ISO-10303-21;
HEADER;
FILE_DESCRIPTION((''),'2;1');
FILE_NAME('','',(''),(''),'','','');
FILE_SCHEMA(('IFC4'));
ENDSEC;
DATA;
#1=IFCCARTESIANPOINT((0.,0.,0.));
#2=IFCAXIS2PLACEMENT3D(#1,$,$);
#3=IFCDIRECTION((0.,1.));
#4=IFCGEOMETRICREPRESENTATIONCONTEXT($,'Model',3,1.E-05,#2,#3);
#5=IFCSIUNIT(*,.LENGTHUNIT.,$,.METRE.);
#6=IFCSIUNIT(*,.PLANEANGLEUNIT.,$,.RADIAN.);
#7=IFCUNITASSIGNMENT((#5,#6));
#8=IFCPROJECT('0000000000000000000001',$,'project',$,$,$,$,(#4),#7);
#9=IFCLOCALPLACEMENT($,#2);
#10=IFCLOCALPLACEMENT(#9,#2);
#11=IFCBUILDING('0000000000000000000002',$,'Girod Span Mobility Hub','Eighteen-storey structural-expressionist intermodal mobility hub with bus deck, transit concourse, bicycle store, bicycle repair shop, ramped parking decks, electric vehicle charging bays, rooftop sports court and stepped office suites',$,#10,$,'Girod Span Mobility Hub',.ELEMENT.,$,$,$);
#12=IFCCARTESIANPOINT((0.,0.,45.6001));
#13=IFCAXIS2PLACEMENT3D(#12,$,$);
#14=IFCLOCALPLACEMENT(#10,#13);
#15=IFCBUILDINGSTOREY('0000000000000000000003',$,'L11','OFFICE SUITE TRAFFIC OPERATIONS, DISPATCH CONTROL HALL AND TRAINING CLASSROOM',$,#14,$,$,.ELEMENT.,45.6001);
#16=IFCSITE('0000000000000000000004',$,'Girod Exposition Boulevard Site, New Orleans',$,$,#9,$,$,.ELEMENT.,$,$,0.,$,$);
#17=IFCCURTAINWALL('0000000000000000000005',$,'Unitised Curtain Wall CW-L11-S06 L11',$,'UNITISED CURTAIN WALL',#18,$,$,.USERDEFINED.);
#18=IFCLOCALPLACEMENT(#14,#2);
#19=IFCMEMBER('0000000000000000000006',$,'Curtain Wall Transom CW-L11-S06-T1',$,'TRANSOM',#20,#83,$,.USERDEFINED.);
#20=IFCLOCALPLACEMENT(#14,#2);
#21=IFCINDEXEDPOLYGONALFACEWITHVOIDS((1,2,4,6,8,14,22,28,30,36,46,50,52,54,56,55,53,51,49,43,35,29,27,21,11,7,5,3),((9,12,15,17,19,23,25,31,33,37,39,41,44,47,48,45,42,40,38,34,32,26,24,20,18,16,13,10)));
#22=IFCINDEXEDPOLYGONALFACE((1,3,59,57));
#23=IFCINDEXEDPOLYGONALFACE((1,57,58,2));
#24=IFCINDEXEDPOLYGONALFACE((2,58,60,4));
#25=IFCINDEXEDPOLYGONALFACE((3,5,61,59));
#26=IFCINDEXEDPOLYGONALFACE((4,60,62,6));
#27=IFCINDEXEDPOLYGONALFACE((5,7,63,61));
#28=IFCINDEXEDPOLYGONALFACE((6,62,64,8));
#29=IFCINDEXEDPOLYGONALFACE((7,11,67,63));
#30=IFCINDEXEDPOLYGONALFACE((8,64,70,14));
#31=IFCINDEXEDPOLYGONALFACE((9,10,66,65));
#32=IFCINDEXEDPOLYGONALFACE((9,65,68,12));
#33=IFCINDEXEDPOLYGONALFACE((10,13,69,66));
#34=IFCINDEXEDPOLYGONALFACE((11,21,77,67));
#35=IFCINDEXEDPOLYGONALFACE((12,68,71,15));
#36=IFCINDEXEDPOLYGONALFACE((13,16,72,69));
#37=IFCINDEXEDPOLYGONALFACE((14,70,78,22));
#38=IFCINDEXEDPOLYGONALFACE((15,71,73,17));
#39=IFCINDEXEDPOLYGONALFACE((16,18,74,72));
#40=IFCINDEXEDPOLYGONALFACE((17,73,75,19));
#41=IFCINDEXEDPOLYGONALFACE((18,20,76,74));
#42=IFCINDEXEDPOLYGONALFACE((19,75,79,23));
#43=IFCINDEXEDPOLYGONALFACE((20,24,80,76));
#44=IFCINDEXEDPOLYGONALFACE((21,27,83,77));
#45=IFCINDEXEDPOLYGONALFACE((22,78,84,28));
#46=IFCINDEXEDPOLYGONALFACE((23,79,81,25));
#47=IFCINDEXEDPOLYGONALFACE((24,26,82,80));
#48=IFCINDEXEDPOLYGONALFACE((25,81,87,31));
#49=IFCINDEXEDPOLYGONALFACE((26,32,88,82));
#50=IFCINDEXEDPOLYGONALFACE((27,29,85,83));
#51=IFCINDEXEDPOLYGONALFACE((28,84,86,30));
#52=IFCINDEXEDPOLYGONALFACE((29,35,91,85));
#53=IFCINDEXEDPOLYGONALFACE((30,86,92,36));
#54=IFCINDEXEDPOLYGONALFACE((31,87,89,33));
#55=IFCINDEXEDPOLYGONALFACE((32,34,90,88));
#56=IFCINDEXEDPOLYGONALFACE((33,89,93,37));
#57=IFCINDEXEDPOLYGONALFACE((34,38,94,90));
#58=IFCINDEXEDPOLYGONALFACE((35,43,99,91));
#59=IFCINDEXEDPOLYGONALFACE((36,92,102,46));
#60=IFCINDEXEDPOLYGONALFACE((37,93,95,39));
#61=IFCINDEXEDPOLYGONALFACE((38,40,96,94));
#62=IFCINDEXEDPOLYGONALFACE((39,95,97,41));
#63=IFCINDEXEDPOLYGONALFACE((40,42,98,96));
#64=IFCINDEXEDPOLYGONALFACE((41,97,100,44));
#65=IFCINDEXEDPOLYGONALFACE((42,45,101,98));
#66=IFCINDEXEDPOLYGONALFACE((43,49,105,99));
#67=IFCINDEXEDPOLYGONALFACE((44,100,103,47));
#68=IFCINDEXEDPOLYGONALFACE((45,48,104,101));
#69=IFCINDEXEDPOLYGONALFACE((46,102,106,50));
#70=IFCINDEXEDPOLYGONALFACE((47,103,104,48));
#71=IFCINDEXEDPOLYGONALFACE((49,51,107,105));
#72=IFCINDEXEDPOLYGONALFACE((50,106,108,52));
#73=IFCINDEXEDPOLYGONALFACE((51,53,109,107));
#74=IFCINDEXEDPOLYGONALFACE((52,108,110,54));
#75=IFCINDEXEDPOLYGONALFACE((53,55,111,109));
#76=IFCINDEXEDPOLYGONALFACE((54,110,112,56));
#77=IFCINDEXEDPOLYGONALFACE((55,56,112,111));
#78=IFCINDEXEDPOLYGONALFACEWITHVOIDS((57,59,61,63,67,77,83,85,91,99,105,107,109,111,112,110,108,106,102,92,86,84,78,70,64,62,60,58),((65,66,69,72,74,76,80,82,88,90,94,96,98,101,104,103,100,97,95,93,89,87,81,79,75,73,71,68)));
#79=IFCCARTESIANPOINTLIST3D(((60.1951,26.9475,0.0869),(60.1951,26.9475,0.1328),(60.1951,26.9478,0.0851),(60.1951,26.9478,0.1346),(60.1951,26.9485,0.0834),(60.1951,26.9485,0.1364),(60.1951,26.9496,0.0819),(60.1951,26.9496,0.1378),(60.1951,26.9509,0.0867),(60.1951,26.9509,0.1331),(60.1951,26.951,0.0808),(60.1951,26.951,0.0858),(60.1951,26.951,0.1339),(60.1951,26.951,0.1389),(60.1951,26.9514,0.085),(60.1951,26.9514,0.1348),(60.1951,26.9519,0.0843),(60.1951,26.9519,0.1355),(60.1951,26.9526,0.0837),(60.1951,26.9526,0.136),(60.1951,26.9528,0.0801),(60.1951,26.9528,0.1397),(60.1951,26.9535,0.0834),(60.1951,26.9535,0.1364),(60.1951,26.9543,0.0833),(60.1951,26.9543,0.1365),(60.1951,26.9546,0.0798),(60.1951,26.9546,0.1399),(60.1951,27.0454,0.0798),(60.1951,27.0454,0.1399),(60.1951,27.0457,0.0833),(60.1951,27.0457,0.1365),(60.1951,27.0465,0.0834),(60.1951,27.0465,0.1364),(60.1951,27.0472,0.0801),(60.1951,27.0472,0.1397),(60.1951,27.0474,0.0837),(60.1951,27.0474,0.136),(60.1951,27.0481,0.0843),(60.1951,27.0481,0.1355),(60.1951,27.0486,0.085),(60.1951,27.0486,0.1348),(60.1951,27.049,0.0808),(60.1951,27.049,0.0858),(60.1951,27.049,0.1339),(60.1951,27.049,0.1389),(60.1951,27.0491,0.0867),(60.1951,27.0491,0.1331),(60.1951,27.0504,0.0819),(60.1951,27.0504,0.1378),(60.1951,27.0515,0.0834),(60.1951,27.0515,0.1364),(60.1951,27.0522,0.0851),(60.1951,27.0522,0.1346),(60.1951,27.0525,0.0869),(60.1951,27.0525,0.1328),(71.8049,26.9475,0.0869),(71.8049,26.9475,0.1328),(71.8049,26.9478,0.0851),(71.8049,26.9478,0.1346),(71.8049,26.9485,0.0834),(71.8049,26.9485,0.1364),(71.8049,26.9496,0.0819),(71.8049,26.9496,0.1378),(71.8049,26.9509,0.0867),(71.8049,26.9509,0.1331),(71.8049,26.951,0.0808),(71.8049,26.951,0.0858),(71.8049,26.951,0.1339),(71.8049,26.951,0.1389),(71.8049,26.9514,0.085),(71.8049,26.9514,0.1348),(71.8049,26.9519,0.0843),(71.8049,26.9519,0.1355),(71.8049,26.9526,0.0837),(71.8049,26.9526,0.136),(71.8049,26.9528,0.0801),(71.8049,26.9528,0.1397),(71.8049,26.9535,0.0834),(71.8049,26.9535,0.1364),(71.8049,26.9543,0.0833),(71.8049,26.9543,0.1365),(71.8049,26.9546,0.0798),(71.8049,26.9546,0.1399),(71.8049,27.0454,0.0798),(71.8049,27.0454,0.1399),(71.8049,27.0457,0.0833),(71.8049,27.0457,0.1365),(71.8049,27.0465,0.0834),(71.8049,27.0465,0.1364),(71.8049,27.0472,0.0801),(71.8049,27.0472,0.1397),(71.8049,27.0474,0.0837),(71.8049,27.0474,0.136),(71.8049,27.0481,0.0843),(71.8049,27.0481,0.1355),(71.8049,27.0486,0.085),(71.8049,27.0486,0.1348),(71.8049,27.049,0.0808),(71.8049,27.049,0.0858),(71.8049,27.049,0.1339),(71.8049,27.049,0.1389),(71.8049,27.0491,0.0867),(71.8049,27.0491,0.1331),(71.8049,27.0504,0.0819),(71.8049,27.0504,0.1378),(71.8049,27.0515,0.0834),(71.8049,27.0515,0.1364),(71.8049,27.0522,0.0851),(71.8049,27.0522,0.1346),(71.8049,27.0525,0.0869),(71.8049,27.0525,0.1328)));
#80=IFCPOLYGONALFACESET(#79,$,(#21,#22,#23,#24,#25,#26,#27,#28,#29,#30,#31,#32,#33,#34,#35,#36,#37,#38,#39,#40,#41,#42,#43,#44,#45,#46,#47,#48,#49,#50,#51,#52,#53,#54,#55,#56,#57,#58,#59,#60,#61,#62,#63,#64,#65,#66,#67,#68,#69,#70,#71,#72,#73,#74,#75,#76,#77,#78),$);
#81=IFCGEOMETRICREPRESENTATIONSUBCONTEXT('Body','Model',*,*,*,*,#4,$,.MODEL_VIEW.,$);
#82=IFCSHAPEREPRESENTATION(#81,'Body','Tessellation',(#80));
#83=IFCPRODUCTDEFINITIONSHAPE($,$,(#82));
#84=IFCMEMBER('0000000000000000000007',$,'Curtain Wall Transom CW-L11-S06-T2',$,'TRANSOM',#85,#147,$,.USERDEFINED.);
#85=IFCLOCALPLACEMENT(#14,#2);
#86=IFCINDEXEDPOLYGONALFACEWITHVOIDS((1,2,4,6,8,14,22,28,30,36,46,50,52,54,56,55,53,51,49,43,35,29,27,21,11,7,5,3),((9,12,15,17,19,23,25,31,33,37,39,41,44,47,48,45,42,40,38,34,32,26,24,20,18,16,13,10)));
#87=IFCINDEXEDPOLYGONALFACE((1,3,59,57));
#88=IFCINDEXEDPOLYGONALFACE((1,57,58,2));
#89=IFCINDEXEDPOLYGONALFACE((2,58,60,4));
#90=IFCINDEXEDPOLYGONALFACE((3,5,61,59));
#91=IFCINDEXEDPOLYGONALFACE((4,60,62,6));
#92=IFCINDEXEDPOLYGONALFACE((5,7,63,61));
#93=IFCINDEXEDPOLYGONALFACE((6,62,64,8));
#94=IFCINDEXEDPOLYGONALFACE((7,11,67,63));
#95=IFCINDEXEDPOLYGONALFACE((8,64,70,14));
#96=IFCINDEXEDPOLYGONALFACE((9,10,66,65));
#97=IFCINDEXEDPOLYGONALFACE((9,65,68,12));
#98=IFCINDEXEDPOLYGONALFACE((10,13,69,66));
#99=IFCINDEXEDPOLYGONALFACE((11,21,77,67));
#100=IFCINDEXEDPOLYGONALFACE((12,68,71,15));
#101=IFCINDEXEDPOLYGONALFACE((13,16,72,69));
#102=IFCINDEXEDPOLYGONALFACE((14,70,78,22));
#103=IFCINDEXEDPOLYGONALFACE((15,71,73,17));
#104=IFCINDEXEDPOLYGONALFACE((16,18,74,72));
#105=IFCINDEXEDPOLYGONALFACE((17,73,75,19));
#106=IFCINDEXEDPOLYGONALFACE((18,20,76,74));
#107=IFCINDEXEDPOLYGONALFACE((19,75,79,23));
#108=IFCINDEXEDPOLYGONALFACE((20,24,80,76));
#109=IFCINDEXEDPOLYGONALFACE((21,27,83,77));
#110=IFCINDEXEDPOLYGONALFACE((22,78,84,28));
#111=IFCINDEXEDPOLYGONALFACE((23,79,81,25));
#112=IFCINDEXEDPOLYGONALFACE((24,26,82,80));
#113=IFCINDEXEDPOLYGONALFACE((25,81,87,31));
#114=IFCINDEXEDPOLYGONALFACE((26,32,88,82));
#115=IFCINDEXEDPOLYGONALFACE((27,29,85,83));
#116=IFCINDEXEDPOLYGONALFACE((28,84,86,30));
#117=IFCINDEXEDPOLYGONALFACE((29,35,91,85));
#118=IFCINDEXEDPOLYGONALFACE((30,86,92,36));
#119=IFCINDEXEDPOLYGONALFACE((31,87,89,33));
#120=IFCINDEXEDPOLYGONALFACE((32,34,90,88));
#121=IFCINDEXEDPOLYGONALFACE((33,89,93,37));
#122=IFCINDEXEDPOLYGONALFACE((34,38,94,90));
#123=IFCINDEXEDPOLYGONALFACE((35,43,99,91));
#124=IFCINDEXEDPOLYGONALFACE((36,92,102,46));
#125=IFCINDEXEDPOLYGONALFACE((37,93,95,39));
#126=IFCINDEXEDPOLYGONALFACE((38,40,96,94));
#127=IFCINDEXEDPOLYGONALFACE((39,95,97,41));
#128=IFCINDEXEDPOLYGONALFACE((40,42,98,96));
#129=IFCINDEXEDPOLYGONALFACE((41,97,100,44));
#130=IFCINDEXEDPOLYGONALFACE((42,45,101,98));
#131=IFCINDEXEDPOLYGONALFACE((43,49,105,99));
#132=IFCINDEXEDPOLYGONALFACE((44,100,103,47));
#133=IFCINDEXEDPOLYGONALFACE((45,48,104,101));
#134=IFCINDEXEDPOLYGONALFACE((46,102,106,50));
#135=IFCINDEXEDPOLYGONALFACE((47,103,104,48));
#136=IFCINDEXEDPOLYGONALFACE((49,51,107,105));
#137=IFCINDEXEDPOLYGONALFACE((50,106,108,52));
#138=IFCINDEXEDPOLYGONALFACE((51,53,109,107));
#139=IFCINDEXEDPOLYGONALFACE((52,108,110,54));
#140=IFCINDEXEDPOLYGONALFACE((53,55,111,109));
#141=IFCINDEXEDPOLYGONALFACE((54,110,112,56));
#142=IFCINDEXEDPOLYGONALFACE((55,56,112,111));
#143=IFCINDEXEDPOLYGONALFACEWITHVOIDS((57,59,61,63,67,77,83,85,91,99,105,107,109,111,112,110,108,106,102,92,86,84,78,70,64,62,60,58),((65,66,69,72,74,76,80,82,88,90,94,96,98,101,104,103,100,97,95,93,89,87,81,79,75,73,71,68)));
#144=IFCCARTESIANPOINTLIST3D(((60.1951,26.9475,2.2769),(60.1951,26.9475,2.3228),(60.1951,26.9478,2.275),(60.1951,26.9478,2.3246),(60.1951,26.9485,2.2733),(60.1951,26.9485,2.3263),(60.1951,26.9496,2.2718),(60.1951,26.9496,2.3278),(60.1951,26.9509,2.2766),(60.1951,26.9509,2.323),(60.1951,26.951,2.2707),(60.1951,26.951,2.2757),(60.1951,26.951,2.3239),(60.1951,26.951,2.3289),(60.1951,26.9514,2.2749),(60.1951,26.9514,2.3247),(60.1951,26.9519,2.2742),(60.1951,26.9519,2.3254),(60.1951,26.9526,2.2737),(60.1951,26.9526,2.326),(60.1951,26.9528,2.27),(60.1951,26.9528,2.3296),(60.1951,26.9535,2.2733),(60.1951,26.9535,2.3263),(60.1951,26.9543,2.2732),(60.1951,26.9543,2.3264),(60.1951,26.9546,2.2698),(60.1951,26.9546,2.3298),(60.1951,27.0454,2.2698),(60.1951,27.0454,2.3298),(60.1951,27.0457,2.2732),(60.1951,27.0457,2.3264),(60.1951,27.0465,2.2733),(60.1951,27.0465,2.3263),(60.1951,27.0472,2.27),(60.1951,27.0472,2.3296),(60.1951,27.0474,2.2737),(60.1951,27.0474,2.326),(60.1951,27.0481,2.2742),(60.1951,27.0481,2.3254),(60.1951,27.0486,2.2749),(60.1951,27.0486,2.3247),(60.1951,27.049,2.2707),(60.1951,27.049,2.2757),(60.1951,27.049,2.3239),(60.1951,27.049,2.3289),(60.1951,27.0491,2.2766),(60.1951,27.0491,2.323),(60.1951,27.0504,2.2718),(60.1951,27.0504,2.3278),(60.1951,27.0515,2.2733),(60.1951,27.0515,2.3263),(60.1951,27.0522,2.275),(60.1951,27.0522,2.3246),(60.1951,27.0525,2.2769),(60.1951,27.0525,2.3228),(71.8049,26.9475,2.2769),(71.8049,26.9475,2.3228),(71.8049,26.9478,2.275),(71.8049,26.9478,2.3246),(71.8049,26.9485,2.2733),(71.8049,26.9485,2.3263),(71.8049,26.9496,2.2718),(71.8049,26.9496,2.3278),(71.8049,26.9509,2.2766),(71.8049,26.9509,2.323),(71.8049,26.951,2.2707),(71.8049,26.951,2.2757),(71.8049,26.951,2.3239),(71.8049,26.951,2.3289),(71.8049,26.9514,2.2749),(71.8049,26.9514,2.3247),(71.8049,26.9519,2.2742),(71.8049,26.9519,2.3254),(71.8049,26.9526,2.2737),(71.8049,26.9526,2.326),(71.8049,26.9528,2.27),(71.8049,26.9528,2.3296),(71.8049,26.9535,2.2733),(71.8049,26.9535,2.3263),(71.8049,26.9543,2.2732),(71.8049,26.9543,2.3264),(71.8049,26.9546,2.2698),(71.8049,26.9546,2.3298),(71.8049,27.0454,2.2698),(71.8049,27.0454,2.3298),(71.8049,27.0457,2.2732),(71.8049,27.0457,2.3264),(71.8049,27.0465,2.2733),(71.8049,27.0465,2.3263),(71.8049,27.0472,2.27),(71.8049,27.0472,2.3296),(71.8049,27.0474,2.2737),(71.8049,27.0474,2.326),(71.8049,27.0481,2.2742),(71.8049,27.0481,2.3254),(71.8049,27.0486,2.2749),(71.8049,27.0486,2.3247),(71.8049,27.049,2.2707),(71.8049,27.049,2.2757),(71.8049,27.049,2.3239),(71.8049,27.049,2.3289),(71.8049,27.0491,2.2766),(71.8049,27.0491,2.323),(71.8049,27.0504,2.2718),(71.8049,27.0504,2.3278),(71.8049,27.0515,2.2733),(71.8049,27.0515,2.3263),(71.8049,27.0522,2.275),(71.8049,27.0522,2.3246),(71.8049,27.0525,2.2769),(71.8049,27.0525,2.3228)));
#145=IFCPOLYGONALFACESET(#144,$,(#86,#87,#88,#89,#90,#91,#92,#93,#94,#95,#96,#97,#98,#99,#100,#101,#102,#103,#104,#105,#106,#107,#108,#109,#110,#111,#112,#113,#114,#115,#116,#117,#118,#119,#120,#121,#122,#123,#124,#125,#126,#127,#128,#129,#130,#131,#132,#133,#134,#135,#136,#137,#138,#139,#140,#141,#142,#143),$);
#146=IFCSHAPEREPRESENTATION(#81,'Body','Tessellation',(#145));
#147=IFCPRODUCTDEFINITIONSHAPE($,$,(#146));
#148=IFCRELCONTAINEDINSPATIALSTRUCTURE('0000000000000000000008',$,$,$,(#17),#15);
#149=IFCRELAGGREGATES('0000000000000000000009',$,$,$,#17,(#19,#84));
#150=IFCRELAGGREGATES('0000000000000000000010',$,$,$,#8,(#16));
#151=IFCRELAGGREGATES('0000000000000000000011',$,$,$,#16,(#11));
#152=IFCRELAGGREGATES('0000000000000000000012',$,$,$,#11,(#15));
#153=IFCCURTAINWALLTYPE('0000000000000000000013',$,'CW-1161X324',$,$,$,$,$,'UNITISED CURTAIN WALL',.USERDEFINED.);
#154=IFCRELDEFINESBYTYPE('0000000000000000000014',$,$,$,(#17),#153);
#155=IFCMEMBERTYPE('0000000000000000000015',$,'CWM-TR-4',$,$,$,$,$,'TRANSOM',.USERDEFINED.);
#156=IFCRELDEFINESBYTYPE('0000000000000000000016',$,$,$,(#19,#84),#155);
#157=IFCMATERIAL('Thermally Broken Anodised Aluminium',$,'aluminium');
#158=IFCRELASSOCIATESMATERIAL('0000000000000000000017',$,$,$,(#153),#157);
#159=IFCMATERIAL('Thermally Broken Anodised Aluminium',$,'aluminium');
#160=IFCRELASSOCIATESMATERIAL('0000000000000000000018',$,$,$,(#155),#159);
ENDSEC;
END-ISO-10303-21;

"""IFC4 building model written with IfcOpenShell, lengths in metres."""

from ifc_helpers import new_model, si_unit, direction, frame, origin, origin_2d, place, context, subcontext, project, spatial, hollow_rectangle, extrude, material, material_profile, profile_set, type_object, element, aggregate, save


model = new_model("IFC4")

# Units and contexts
model_context = context("Model", 3, precision=1e-05, world=origin(), true_north=direction((0.0, 1.0)))
body_context = subcontext(model_context, "Body", "Model", "MODEL_VIEW")
ifc_project = project(units=[si_unit("LENGTHUNIT", "METRE"), si_unit("PLANEANGLEUNIT", "RADIAN")], contexts=[model_context])

# Site, building, storey
site_placement = place(None, origin())
site = spatial("IfcSite", under=ifc_project, at=site_placement, Name="Girod Exposition Boulevard Site, New Orleans", CompositionType="ELEMENT", RefElevation=0.0)
building_placement = place(site_placement, origin())
building = spatial("IfcBuilding", under=site, at=building_placement, Name="Girod Span Mobility Hub", Description="Eighteen-storey structural-expressionist intermodal mobility hub with bus deck, transit concourse, bicycle store, bicycle repair shop, ramped parking decks, electric vehicle charging bays, rooftop sports court and stepped office suites", LongName="Girod Span Mobility Hub", CompositionType="ELEMENT")
storey_placement = place(building_placement, frame((0.0, 0.0, 45.6001)))
storey = spatial("IfcBuildingStorey", under=building, at=storey_placement, Name="L11", Description="OFFICE SUITE TRAFFIC OPERATIONS, DISPATCH CONTROL HALL AND TRAINING CLASSROOM", CompositionType="ELEMENT", Elevation=45.6001)

# Curtain wall, members
ifc_material_1 = material(Name="Thermally Broken Anodised Aluminium", Category="aluminium")
curtain_wall_type = type_object("IfcCurtainWallType", Name="CW-1161X324", ElementType="UNITISED CURTAIN WALL", PredefinedType="USERDEFINED", material=ifc_material_1)
curtain_wall_1_placement = place(storey_placement, origin())
curtain_wall_1 = element("IfcCurtainWall", 1, at=curtain_wall_1_placement, inside=storey, type_object=curtain_wall_type, Name="Unitised Curtain Wall CW-L11-S06 L11", ObjectType="UNITISED CURTAIN WALL", PredefinedType="USERDEFINED")
ifc_material_2 = material(Name="Thermally Broken Anodised Aluminium", Category="aluminium")
ifc_material_profile_1 = material_profile(ifc_material_2, hollow_rectangle(XDim=0.105, YDim=0.0601, WallThickness=0.0034, InnerFilletRadius=0.0034, OuterFilletRadius=0.0071, at=origin_2d()), Name="CW-TR-60X105")
ifc_profile_set_1 = profile_set([ifc_material_profile_1], Name="Thermally Broken Anodised Aluminium")
member_type_1 = type_object("IfcMemberType", Name="CWM-TR-4", ElementType="TRANSOM", PredefinedType="USERDEFINED", material=ifc_profile_set_1)
member_1_placement = place(storey_placement, frame((60.1951, 27.0, 0.1099), z_axis=(1.0, 0.0, 0.0), x_axis=(0.0, 1.0, 0.0)))
member_1 = element("IfcMember", 2, at=member_1_placement, type_object=member_type_1, Name="Curtain Wall Transom CW-L11-S06-T1", ObjectType="TRANSOM", PredefinedType="USERDEFINED", context=body_context, shape_type="SweptSolid", body=[
    extrude(hollow_rectangle(XDim=0.105, YDim=0.0601, WallThickness=0.0034, InnerFilletRadius=0.0034, OuterFilletRadius=0.0071, at=origin_2d()), origin(), (0.0, 0.0, 1.0), 11.6099),
])
member_2_placement = place(storey_placement, frame((60.1951, 27.0, 2.2998), z_axis=(1.0, 0.0, 0.0), x_axis=(0.0, 1.0, 0.0)))
member_2 = element("IfcMember", 3, at=member_2_placement, type_object=member_type_1, Name="Curtain Wall Transom CW-L11-S06-T2", ObjectType="TRANSOM", PredefinedType="USERDEFINED", context=body_context, shape_type="SweptSolid", body=[
    extrude(hollow_rectangle(XDim=0.105, YDim=0.0601, WallThickness=0.0034, InnerFilletRadius=0.0034, OuterFilletRadius=0.0071, at=origin_2d()), origin(), (0.0, 0.0, 1.0), 11.6099),
])

aggregate(curtain_wall_1, [member_1, member_2])

save(model, "model.ifc")
